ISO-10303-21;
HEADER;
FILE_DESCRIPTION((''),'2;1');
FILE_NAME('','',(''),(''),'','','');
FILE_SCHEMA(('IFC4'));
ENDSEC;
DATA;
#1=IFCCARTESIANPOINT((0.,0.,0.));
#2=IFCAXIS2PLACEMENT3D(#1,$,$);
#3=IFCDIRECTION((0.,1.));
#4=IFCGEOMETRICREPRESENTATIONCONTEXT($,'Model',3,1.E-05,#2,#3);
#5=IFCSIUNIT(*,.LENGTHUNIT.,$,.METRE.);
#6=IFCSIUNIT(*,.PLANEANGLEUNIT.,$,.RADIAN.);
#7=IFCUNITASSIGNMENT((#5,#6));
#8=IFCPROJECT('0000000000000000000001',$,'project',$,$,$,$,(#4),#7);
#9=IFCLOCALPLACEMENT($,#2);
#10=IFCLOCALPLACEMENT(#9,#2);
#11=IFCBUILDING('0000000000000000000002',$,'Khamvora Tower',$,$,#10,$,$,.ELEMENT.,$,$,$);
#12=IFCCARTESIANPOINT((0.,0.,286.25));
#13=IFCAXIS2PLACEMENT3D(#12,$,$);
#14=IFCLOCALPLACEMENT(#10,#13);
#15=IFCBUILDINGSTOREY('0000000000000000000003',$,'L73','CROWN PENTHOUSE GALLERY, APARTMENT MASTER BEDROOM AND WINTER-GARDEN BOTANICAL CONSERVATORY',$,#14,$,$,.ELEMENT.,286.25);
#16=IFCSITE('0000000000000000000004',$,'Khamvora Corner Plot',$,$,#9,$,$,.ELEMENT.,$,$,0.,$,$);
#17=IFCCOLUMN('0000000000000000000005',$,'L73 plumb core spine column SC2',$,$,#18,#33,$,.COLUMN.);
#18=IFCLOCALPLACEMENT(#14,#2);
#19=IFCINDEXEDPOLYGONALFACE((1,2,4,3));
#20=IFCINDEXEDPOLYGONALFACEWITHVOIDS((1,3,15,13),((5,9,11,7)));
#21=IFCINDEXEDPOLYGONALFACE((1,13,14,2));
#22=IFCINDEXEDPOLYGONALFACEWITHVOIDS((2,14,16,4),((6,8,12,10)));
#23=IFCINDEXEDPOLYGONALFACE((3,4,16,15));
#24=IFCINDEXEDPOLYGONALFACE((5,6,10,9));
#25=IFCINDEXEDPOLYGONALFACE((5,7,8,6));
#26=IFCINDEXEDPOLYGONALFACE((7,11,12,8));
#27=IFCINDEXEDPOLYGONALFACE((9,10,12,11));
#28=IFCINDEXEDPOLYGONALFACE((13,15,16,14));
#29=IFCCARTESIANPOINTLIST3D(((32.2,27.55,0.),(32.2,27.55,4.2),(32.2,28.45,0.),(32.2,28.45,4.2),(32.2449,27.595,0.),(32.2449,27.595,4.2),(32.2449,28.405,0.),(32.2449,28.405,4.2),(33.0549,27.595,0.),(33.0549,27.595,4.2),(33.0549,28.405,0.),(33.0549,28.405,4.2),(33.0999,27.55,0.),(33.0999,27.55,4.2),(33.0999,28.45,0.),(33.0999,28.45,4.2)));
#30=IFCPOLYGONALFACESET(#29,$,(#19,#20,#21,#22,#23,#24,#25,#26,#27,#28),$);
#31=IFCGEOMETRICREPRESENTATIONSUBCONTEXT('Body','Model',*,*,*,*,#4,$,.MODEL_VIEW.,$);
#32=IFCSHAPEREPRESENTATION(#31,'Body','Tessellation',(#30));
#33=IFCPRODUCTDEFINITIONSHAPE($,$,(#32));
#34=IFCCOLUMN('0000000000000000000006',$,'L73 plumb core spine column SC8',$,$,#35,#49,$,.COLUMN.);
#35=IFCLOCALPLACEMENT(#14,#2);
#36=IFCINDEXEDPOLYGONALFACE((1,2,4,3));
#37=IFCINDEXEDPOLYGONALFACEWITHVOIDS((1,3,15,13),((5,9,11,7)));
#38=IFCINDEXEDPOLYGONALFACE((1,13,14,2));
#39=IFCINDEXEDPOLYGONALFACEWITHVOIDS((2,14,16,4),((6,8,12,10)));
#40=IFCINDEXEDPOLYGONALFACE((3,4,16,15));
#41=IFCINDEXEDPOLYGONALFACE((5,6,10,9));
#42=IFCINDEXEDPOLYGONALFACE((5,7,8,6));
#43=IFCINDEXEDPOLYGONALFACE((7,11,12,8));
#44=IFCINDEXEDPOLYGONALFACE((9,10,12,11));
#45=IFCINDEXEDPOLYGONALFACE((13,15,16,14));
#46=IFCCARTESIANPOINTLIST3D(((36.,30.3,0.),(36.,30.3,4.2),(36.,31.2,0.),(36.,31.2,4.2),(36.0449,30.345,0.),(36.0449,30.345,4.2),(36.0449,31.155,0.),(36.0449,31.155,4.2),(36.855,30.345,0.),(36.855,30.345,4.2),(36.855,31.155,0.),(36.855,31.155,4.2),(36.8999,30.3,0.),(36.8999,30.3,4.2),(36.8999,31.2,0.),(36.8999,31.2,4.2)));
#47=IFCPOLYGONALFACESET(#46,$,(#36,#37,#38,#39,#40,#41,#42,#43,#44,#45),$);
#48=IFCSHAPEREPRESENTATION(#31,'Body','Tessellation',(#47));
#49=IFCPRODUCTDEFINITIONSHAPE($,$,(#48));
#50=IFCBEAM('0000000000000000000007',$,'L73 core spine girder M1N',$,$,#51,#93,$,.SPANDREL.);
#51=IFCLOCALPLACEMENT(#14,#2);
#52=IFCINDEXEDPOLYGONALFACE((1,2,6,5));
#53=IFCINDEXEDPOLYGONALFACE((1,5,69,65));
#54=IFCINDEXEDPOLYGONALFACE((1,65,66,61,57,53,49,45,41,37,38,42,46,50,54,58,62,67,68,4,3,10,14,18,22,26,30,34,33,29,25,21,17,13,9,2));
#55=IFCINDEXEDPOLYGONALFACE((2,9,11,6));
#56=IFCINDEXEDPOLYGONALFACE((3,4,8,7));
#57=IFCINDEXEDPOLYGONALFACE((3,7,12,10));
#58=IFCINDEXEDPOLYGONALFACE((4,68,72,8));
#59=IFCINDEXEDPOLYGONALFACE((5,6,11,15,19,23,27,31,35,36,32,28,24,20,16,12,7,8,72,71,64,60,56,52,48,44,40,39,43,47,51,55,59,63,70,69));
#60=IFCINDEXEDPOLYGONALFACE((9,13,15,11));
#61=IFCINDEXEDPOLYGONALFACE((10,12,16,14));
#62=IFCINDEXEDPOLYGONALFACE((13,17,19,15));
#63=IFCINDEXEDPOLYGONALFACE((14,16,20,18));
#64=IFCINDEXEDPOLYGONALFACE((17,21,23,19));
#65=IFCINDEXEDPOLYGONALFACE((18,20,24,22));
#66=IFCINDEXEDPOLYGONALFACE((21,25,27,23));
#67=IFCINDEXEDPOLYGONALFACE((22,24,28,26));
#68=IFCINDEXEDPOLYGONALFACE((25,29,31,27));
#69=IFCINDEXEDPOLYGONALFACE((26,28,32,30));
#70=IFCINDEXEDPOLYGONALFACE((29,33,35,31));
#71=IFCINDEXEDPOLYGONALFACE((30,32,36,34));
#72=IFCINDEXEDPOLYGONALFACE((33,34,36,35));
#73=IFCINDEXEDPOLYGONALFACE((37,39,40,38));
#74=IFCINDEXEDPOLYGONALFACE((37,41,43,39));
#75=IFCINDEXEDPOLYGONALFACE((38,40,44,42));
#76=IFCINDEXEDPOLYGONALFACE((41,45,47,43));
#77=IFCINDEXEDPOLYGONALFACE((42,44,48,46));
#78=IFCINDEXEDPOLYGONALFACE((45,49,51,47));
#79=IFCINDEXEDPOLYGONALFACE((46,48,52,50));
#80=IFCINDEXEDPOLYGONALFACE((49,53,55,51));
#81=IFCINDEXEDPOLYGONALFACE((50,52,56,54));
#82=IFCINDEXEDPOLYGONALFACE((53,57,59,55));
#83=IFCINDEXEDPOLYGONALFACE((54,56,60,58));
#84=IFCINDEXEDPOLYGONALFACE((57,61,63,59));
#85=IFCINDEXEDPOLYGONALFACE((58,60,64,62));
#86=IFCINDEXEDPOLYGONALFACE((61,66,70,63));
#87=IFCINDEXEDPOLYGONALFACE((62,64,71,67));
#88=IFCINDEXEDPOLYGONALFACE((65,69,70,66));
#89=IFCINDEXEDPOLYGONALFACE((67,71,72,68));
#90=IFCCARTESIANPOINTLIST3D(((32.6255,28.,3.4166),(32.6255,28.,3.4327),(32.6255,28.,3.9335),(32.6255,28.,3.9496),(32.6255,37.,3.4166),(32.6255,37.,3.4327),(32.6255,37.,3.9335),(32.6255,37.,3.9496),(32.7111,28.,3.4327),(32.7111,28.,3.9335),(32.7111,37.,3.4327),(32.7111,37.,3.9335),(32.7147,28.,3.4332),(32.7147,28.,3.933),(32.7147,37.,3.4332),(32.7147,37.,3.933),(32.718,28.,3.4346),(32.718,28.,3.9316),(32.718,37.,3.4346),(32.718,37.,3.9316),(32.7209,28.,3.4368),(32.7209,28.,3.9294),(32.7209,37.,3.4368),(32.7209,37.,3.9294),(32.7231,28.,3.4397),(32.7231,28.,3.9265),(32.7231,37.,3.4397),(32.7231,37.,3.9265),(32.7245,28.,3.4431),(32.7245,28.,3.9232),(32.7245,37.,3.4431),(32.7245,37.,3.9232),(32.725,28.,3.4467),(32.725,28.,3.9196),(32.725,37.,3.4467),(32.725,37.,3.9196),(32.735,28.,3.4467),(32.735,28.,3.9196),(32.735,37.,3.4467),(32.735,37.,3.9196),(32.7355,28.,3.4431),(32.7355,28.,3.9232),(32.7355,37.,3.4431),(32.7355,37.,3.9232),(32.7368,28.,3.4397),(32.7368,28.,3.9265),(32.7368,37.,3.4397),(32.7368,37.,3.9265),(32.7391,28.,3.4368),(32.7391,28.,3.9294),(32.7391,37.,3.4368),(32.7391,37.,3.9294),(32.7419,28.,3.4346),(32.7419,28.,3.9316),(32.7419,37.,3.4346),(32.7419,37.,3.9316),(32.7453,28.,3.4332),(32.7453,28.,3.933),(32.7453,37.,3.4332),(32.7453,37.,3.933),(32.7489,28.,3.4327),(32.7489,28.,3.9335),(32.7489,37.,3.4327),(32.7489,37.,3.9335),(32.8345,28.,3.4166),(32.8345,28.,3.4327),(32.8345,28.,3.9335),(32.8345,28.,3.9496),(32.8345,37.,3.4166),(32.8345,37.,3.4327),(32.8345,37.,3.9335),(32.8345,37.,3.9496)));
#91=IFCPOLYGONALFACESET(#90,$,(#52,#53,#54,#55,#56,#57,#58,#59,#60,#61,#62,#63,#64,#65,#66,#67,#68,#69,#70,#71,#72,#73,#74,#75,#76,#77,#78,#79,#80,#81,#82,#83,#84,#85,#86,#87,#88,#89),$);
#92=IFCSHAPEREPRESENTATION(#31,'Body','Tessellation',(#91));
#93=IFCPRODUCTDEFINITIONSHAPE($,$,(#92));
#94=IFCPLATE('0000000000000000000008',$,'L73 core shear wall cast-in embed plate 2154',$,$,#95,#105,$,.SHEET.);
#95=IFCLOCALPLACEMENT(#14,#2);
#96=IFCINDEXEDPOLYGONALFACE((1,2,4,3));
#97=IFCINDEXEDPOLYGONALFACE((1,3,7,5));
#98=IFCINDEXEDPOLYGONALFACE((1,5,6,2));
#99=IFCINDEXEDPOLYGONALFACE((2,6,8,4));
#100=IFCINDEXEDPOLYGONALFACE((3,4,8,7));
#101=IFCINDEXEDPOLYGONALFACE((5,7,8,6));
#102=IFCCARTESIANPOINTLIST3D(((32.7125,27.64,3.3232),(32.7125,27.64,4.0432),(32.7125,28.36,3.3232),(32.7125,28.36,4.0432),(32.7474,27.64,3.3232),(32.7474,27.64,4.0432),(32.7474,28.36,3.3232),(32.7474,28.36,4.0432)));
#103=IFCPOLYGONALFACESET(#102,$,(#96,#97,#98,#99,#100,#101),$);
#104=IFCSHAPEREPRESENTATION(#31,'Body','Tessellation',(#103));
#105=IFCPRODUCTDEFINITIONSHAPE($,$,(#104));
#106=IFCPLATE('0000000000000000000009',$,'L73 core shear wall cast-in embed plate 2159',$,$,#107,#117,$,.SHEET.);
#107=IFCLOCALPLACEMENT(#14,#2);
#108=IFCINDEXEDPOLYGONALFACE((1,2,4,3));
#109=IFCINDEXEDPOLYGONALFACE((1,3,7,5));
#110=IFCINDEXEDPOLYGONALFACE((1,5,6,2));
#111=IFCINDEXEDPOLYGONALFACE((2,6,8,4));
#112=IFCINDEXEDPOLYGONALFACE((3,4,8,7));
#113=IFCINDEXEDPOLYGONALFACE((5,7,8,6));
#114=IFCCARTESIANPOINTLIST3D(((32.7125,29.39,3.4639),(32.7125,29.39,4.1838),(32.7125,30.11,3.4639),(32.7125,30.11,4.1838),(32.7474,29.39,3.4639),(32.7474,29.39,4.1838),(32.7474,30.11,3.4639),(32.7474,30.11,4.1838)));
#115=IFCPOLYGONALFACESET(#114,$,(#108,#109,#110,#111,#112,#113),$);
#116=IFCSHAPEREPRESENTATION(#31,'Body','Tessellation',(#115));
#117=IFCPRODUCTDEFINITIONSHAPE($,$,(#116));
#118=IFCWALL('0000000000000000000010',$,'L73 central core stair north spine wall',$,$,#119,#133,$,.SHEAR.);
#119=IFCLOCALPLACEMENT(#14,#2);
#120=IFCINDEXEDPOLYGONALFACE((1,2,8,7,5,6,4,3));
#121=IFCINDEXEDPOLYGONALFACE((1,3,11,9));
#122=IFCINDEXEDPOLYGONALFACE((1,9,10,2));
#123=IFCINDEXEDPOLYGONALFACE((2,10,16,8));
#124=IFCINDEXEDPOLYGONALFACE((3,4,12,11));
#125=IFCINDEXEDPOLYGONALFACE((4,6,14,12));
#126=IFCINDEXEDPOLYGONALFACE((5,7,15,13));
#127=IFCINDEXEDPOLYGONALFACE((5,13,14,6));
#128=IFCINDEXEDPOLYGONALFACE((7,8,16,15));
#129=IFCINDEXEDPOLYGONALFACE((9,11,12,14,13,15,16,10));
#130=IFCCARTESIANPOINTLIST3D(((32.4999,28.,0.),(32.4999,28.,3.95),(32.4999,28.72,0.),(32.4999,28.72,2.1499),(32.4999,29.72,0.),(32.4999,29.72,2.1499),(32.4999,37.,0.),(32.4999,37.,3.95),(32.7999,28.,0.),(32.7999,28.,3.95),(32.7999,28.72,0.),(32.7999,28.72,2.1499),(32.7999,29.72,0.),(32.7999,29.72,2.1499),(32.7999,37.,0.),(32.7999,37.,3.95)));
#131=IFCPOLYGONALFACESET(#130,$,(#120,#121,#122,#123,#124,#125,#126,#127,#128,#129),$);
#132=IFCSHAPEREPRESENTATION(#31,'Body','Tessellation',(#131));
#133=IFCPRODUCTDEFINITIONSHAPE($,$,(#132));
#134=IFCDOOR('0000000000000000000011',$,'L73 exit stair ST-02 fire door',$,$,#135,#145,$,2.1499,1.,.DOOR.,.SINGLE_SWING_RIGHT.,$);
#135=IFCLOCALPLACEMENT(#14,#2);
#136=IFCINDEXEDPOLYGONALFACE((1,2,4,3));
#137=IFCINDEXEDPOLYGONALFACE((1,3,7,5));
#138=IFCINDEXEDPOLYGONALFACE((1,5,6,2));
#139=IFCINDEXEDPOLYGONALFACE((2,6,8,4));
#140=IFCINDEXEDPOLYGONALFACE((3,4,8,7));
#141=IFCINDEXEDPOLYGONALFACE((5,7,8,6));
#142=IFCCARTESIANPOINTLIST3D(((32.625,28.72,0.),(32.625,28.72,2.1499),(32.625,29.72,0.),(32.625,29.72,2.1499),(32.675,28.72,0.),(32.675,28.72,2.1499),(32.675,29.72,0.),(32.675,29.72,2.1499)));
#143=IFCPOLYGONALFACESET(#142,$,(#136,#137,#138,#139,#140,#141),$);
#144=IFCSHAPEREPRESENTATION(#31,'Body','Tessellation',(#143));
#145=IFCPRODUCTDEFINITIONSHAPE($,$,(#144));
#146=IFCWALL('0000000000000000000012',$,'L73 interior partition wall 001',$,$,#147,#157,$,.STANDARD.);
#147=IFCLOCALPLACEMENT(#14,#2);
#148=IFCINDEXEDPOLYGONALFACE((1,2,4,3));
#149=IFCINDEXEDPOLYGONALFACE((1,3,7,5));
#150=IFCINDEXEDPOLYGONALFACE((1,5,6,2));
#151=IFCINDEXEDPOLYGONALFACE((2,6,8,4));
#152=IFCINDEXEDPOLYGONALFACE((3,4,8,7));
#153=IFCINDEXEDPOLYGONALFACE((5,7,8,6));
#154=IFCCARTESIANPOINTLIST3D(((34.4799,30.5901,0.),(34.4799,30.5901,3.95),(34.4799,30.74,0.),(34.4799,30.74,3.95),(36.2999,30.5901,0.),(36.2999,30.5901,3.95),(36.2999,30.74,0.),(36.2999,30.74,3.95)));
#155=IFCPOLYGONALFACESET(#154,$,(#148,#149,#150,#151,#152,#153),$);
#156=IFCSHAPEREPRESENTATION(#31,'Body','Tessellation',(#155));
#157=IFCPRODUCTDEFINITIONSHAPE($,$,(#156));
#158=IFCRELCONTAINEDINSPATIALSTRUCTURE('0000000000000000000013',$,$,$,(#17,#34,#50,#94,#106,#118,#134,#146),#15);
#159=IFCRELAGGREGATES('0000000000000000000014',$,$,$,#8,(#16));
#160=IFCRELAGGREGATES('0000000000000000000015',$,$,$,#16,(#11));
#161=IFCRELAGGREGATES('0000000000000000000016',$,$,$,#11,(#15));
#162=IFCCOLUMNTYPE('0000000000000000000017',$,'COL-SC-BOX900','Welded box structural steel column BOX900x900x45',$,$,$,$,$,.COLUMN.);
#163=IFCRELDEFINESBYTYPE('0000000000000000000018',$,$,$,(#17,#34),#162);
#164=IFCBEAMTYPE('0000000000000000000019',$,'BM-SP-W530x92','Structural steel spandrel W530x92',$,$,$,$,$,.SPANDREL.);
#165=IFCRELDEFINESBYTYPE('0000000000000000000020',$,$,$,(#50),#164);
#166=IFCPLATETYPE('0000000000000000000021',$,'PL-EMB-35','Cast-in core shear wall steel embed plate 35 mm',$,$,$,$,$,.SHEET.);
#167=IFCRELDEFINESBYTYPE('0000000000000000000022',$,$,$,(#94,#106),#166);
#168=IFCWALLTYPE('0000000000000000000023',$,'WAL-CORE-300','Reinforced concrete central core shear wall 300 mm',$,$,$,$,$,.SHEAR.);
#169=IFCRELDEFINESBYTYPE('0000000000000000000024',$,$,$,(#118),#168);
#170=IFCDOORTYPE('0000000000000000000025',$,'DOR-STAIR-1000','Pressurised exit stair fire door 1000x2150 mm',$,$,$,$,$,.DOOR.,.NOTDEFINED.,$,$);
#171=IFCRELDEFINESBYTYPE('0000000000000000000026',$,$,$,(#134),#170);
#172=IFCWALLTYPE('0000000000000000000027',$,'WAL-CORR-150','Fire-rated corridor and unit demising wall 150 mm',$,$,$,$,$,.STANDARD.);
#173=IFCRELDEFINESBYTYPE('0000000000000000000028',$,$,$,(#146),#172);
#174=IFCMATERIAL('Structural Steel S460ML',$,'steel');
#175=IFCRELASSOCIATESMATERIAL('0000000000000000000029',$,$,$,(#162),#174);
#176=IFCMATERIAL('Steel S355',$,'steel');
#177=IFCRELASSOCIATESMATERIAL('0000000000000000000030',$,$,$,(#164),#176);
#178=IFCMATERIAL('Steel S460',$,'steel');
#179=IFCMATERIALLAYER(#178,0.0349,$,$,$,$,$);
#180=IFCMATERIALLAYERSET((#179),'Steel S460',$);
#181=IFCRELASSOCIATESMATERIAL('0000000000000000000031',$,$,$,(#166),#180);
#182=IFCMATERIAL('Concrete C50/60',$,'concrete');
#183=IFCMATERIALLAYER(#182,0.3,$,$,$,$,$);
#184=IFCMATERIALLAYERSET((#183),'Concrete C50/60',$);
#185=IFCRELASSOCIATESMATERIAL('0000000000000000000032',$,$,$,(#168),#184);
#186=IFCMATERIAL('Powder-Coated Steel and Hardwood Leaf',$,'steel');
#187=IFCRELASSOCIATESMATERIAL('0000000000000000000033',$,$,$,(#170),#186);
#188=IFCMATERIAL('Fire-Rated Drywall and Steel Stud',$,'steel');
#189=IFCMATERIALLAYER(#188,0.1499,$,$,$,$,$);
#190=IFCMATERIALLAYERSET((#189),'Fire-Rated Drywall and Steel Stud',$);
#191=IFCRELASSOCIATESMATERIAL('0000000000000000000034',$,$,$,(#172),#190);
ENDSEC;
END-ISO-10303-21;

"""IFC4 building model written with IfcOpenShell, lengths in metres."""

from ifc_helpers import new_model, si_unit, direction, frame, frame_2d, origin, origin_2d, place, context, subcontext, project, spatial, rectangle, hollow_rectangle, i_section, extrude, material, layer, layer_set, material_profile, profile_set, type_object, element, fill, save


model = new_model("IFC4")

# Units and contexts
model_context = context("Model", 3, precision=1e-05, world=origin(), true_north=direction((0.0, 1.0)))
body_context = subcontext(model_context, "Body", "Model", "MODEL_VIEW")
ifc_project = project(units=[si_unit("LENGTHUNIT", "METRE"), si_unit("PLANEANGLEUNIT", "RADIAN")], contexts=[model_context])

# Site, building, storey
site_placement = place(None, origin())
site = spatial("IfcSite", under=ifc_project, at=site_placement, Name="Khamvora Corner Plot", CompositionType="ELEMENT", RefElevation=0.0)
building_placement = place(site_placement, origin())
building = spatial("IfcBuilding", under=site, at=building_placement, Name="Khamvora Tower", CompositionType="ELEMENT")
storey_placement = place(building_placement, frame((0.0, 0.0, 286.25)))
storey = spatial("IfcBuildingStorey", under=building, at=storey_placement, Name="L73", Description="CROWN PENTHOUSE GALLERY, APARTMENT MASTER BEDROOM AND WINTER-GARDEN BOTANICAL CONSERVATORY", CompositionType="ELEMENT", Elevation=286.25)

# Columns
ifc_material_1 = material(Name="Structural Steel S460ML", Category="steel")
ifc_material_profile_1 = material_profile(ifc_material_1, hollow_rectangle(XDim=0.8999, YDim=0.8999, WallThickness=0.0449, at=origin_2d()), Name="BOX900x900x45")
ifc_profile_set_1 = profile_set([ifc_material_profile_1], Name="Structural Steel S460ML")
column_type = type_object("IfcColumnType", Name="COL-SC-BOX900", Description="Welded box structural steel column BOX900x900x45", PredefinedType="COLUMN", material=ifc_profile_set_1)
for number, where, z_axis, x_axis, name in (
    (1, (32.6499, 28.0, 0.0), (0.0, 0.0, 1.0), (1.0, 0.0, 0.0), "L73 plumb core spine column SC2"),
    (2, (36.45, 30.75, 0.0), (0.0, 0.0, 1.0), (1.0, 0.0, 0.0), "L73 plumb core spine column SC8"),
):
    element("IfcColumn", number, at=place(storey_placement, frame(where, z_axis=z_axis, x_axis=x_axis)), inside=storey, type_object=column_type, Name=name, PredefinedType="COLUMN", context=body_context, shape_type="SweptSolid", body=[
        extrude(hollow_rectangle(XDim=0.8999, YDim=0.8999, WallThickness=0.0449, at=origin_2d()), origin(), (0.0, 0.0, 1.0), 4.2),
    ])

# Beam
ifc_material_2 = material(Name="Steel S355", Category="steel")
ifc_material_profile_2 = material_profile(ifc_material_2, i_section(OverallWidth=0.209, OverallDepth=0.533, WebThickness=0.01, FlangeThickness=0.0161, FilletRadius=0.0139, at=origin_2d()), Name="W530x92")
ifc_profile_set_2 = profile_set([ifc_material_profile_2], Name="Steel S355")
beam_type = type_object("IfcBeamType", Name="BM-SP-W530x92", Description="Structural steel spandrel W530x92", PredefinedType="SPANDREL", material=ifc_profile_set_2)
beam_placement = place(storey_placement, frame((32.73, 28.0, 3.6831), z_axis=(0.0, 1.0, 0.0), x_axis=(-1.0, 0.0, 0.0)))
element("IfcBeam", 3, at=beam_placement, inside=storey, type_object=beam_type, Name="L73 core spine girder M1N", PredefinedType="SPANDREL", context=body_context, shape_type="SweptSolid", body=[
    extrude(i_section(OverallWidth=0.209, OverallDepth=0.533, WebThickness=0.01, FlangeThickness=0.0161, FilletRadius=0.0139, at=origin_2d()), origin(), (0.0, 0.0, 1.0), 9.0),
])

# Plates
ifc_material_3 = material(Name="Steel S460", Category="steel")
ifc_layer_1 = layer(ifc_material_3, 0.0349)
ifc_layer_set_1 = layer_set([ifc_layer_1], Name="Steel S460")
plate_type = type_object("IfcPlateType", Name="PL-EMB-35", Description="Cast-in core shear wall steel embed plate 35 mm", PredefinedType="SHEET", material=ifc_layer_set_1)
for number, where, z_axis, x_axis, name in (
    (4, (32.73, 28.0, 3.3232), (0.0, 0.0, 1.0), (1.0, 0.0, 0.0), "L73 core shear wall cast-in embed plate 2154"),
    (5, (32.73, 29.75, 3.4639), (0.0, 0.0, 1.0), (1.0, 0.0, 0.0), "L73 core shear wall cast-in embed plate 2159"),
):
    element("IfcPlate", number, at=place(storey_placement, frame(where, z_axis=z_axis, x_axis=x_axis)), inside=storey, type_object=plate_type, Name=name, PredefinedType="SHEET", context=body_context, shape_type="SweptSolid", body=[
        extrude(rectangle(XDim=0.0349, YDim=0.72, at=origin_2d()), origin(), (0.0, 0.0, 1.0), 0.72),
    ])

# Wall, opening, door
ifc_material_4 = material(Name="Concrete C50/60", Category="concrete")
ifc_layer_2 = layer(ifc_material_4, 0.3)
ifc_layer_set_2 = layer_set([ifc_layer_2], Name="Concrete C50/60")
wall_type_1 = type_object("IfcWallType", Name="WAL-CORE-300", Description="Reinforced concrete central core shear wall 300 mm", PredefinedType="SHEAR", material=ifc_layer_set_2)
wall_1_placement = place(storey_placement, frame((32.6499, 28.0, 0.0), z_axis=(0.0, 0.0, 1.0), x_axis=(0.0, 1.0, 0.0)))
wall_1 = element("IfcWall", 6, at=wall_1_placement, inside=storey, type_object=wall_type_1, Name="L73 central core stair north spine wall", PredefinedType="SHEAR", context=body_context, shape_type="SweptSolid", body=[
    extrude(rectangle(XDim=9.0, YDim=0.3, at=frame_2d((4.5, 0.0))), origin(), (0.0, 0.0, 1.0), 3.95),
])
opening_1_placement = place(wall_1_placement, frame((0.72, 0.0, 0.0)))
opening_1 = element("IfcOpeningElement", 7, at=opening_1_placement, cuts=wall_1, PredefinedType="OPENING", context=body_context, shape_type="SweptSolid", body=[
    extrude(rectangle(XDim=1.0, YDim=2.1499, at=frame_2d((0.5, 1.075))), frame((0.0, 0.1599, 0.0), z_axis=(0.0, -1.0, 0.0), x_axis=(1.0, 0.0, 0.0)), (0.0, 0.0, 1.0), 0.3201),
])
ifc_material_5 = material(Name="Powder-Coated Steel and Hardwood Leaf", Category="steel")
door_type_1 = type_object("IfcDoorType", Name="DOR-STAIR-1000", Description="Pressurised exit stair fire door 1000x2150 mm", OperationType="NOTDEFINED", PredefinedType="DOOR", material=ifc_material_5)
door_1_placement = place(opening_1_placement, origin())
door_1 = element("IfcDoor", 8, at=door_1_placement, inside=storey, type_object=door_type_1, Name="L73 exit stair ST-02 fire door", OperationType="SINGLE_SWING_RIGHT", OverallHeight=2.1499, OverallWidth=1.0, PredefinedType="DOOR", context=body_context, shape_type="SweptSolid", body=[
    extrude(rectangle(XDim=1.0, YDim=2.1499, at=frame_2d((0.5, 1.075))), frame((0.0, 0.0249, 0.0), z_axis=(0.0, -1.0, 0.0), x_axis=(1.0, 0.0, 0.0)), (0.0, 0.0, 1.0), 0.05),
])
fill(opening_1, door_1)

# Wall
ifc_material_6 = material(Name="Fire-Rated Drywall and Steel Stud", Category="steel")
ifc_layer_3 = layer(ifc_material_6, 0.1499)
ifc_layer_set_3 = layer_set([ifc_layer_3], Name="Fire-Rated Drywall and Steel Stud")
wall_type_2 = type_object("IfcWallType", Name="WAL-CORR-150", Description="Fire-rated corridor and unit demising wall 150 mm", PredefinedType="STANDARD", material=ifc_layer_set_3)
wall_2_placement = place(storey_placement, frame((36.3, 30.665, 0.0), z_axis=(0.0, 0.0, 1.0), x_axis=(-1.0, 0.0, 0.0)))
element("IfcWall", 9, at=wall_2_placement, inside=storey, type_object=wall_type_2, Name="L73 interior partition wall 001", PredefinedType="STANDARD", context=body_context, shape_type="SweptSolid", body=[
    extrude(rectangle(XDim=1.8201, YDim=0.1499, at=frame_2d((0.9102, 0.0))), origin(), (0.0, 0.0, 1.0), 3.95),
])

save(model, "model.ifc")
